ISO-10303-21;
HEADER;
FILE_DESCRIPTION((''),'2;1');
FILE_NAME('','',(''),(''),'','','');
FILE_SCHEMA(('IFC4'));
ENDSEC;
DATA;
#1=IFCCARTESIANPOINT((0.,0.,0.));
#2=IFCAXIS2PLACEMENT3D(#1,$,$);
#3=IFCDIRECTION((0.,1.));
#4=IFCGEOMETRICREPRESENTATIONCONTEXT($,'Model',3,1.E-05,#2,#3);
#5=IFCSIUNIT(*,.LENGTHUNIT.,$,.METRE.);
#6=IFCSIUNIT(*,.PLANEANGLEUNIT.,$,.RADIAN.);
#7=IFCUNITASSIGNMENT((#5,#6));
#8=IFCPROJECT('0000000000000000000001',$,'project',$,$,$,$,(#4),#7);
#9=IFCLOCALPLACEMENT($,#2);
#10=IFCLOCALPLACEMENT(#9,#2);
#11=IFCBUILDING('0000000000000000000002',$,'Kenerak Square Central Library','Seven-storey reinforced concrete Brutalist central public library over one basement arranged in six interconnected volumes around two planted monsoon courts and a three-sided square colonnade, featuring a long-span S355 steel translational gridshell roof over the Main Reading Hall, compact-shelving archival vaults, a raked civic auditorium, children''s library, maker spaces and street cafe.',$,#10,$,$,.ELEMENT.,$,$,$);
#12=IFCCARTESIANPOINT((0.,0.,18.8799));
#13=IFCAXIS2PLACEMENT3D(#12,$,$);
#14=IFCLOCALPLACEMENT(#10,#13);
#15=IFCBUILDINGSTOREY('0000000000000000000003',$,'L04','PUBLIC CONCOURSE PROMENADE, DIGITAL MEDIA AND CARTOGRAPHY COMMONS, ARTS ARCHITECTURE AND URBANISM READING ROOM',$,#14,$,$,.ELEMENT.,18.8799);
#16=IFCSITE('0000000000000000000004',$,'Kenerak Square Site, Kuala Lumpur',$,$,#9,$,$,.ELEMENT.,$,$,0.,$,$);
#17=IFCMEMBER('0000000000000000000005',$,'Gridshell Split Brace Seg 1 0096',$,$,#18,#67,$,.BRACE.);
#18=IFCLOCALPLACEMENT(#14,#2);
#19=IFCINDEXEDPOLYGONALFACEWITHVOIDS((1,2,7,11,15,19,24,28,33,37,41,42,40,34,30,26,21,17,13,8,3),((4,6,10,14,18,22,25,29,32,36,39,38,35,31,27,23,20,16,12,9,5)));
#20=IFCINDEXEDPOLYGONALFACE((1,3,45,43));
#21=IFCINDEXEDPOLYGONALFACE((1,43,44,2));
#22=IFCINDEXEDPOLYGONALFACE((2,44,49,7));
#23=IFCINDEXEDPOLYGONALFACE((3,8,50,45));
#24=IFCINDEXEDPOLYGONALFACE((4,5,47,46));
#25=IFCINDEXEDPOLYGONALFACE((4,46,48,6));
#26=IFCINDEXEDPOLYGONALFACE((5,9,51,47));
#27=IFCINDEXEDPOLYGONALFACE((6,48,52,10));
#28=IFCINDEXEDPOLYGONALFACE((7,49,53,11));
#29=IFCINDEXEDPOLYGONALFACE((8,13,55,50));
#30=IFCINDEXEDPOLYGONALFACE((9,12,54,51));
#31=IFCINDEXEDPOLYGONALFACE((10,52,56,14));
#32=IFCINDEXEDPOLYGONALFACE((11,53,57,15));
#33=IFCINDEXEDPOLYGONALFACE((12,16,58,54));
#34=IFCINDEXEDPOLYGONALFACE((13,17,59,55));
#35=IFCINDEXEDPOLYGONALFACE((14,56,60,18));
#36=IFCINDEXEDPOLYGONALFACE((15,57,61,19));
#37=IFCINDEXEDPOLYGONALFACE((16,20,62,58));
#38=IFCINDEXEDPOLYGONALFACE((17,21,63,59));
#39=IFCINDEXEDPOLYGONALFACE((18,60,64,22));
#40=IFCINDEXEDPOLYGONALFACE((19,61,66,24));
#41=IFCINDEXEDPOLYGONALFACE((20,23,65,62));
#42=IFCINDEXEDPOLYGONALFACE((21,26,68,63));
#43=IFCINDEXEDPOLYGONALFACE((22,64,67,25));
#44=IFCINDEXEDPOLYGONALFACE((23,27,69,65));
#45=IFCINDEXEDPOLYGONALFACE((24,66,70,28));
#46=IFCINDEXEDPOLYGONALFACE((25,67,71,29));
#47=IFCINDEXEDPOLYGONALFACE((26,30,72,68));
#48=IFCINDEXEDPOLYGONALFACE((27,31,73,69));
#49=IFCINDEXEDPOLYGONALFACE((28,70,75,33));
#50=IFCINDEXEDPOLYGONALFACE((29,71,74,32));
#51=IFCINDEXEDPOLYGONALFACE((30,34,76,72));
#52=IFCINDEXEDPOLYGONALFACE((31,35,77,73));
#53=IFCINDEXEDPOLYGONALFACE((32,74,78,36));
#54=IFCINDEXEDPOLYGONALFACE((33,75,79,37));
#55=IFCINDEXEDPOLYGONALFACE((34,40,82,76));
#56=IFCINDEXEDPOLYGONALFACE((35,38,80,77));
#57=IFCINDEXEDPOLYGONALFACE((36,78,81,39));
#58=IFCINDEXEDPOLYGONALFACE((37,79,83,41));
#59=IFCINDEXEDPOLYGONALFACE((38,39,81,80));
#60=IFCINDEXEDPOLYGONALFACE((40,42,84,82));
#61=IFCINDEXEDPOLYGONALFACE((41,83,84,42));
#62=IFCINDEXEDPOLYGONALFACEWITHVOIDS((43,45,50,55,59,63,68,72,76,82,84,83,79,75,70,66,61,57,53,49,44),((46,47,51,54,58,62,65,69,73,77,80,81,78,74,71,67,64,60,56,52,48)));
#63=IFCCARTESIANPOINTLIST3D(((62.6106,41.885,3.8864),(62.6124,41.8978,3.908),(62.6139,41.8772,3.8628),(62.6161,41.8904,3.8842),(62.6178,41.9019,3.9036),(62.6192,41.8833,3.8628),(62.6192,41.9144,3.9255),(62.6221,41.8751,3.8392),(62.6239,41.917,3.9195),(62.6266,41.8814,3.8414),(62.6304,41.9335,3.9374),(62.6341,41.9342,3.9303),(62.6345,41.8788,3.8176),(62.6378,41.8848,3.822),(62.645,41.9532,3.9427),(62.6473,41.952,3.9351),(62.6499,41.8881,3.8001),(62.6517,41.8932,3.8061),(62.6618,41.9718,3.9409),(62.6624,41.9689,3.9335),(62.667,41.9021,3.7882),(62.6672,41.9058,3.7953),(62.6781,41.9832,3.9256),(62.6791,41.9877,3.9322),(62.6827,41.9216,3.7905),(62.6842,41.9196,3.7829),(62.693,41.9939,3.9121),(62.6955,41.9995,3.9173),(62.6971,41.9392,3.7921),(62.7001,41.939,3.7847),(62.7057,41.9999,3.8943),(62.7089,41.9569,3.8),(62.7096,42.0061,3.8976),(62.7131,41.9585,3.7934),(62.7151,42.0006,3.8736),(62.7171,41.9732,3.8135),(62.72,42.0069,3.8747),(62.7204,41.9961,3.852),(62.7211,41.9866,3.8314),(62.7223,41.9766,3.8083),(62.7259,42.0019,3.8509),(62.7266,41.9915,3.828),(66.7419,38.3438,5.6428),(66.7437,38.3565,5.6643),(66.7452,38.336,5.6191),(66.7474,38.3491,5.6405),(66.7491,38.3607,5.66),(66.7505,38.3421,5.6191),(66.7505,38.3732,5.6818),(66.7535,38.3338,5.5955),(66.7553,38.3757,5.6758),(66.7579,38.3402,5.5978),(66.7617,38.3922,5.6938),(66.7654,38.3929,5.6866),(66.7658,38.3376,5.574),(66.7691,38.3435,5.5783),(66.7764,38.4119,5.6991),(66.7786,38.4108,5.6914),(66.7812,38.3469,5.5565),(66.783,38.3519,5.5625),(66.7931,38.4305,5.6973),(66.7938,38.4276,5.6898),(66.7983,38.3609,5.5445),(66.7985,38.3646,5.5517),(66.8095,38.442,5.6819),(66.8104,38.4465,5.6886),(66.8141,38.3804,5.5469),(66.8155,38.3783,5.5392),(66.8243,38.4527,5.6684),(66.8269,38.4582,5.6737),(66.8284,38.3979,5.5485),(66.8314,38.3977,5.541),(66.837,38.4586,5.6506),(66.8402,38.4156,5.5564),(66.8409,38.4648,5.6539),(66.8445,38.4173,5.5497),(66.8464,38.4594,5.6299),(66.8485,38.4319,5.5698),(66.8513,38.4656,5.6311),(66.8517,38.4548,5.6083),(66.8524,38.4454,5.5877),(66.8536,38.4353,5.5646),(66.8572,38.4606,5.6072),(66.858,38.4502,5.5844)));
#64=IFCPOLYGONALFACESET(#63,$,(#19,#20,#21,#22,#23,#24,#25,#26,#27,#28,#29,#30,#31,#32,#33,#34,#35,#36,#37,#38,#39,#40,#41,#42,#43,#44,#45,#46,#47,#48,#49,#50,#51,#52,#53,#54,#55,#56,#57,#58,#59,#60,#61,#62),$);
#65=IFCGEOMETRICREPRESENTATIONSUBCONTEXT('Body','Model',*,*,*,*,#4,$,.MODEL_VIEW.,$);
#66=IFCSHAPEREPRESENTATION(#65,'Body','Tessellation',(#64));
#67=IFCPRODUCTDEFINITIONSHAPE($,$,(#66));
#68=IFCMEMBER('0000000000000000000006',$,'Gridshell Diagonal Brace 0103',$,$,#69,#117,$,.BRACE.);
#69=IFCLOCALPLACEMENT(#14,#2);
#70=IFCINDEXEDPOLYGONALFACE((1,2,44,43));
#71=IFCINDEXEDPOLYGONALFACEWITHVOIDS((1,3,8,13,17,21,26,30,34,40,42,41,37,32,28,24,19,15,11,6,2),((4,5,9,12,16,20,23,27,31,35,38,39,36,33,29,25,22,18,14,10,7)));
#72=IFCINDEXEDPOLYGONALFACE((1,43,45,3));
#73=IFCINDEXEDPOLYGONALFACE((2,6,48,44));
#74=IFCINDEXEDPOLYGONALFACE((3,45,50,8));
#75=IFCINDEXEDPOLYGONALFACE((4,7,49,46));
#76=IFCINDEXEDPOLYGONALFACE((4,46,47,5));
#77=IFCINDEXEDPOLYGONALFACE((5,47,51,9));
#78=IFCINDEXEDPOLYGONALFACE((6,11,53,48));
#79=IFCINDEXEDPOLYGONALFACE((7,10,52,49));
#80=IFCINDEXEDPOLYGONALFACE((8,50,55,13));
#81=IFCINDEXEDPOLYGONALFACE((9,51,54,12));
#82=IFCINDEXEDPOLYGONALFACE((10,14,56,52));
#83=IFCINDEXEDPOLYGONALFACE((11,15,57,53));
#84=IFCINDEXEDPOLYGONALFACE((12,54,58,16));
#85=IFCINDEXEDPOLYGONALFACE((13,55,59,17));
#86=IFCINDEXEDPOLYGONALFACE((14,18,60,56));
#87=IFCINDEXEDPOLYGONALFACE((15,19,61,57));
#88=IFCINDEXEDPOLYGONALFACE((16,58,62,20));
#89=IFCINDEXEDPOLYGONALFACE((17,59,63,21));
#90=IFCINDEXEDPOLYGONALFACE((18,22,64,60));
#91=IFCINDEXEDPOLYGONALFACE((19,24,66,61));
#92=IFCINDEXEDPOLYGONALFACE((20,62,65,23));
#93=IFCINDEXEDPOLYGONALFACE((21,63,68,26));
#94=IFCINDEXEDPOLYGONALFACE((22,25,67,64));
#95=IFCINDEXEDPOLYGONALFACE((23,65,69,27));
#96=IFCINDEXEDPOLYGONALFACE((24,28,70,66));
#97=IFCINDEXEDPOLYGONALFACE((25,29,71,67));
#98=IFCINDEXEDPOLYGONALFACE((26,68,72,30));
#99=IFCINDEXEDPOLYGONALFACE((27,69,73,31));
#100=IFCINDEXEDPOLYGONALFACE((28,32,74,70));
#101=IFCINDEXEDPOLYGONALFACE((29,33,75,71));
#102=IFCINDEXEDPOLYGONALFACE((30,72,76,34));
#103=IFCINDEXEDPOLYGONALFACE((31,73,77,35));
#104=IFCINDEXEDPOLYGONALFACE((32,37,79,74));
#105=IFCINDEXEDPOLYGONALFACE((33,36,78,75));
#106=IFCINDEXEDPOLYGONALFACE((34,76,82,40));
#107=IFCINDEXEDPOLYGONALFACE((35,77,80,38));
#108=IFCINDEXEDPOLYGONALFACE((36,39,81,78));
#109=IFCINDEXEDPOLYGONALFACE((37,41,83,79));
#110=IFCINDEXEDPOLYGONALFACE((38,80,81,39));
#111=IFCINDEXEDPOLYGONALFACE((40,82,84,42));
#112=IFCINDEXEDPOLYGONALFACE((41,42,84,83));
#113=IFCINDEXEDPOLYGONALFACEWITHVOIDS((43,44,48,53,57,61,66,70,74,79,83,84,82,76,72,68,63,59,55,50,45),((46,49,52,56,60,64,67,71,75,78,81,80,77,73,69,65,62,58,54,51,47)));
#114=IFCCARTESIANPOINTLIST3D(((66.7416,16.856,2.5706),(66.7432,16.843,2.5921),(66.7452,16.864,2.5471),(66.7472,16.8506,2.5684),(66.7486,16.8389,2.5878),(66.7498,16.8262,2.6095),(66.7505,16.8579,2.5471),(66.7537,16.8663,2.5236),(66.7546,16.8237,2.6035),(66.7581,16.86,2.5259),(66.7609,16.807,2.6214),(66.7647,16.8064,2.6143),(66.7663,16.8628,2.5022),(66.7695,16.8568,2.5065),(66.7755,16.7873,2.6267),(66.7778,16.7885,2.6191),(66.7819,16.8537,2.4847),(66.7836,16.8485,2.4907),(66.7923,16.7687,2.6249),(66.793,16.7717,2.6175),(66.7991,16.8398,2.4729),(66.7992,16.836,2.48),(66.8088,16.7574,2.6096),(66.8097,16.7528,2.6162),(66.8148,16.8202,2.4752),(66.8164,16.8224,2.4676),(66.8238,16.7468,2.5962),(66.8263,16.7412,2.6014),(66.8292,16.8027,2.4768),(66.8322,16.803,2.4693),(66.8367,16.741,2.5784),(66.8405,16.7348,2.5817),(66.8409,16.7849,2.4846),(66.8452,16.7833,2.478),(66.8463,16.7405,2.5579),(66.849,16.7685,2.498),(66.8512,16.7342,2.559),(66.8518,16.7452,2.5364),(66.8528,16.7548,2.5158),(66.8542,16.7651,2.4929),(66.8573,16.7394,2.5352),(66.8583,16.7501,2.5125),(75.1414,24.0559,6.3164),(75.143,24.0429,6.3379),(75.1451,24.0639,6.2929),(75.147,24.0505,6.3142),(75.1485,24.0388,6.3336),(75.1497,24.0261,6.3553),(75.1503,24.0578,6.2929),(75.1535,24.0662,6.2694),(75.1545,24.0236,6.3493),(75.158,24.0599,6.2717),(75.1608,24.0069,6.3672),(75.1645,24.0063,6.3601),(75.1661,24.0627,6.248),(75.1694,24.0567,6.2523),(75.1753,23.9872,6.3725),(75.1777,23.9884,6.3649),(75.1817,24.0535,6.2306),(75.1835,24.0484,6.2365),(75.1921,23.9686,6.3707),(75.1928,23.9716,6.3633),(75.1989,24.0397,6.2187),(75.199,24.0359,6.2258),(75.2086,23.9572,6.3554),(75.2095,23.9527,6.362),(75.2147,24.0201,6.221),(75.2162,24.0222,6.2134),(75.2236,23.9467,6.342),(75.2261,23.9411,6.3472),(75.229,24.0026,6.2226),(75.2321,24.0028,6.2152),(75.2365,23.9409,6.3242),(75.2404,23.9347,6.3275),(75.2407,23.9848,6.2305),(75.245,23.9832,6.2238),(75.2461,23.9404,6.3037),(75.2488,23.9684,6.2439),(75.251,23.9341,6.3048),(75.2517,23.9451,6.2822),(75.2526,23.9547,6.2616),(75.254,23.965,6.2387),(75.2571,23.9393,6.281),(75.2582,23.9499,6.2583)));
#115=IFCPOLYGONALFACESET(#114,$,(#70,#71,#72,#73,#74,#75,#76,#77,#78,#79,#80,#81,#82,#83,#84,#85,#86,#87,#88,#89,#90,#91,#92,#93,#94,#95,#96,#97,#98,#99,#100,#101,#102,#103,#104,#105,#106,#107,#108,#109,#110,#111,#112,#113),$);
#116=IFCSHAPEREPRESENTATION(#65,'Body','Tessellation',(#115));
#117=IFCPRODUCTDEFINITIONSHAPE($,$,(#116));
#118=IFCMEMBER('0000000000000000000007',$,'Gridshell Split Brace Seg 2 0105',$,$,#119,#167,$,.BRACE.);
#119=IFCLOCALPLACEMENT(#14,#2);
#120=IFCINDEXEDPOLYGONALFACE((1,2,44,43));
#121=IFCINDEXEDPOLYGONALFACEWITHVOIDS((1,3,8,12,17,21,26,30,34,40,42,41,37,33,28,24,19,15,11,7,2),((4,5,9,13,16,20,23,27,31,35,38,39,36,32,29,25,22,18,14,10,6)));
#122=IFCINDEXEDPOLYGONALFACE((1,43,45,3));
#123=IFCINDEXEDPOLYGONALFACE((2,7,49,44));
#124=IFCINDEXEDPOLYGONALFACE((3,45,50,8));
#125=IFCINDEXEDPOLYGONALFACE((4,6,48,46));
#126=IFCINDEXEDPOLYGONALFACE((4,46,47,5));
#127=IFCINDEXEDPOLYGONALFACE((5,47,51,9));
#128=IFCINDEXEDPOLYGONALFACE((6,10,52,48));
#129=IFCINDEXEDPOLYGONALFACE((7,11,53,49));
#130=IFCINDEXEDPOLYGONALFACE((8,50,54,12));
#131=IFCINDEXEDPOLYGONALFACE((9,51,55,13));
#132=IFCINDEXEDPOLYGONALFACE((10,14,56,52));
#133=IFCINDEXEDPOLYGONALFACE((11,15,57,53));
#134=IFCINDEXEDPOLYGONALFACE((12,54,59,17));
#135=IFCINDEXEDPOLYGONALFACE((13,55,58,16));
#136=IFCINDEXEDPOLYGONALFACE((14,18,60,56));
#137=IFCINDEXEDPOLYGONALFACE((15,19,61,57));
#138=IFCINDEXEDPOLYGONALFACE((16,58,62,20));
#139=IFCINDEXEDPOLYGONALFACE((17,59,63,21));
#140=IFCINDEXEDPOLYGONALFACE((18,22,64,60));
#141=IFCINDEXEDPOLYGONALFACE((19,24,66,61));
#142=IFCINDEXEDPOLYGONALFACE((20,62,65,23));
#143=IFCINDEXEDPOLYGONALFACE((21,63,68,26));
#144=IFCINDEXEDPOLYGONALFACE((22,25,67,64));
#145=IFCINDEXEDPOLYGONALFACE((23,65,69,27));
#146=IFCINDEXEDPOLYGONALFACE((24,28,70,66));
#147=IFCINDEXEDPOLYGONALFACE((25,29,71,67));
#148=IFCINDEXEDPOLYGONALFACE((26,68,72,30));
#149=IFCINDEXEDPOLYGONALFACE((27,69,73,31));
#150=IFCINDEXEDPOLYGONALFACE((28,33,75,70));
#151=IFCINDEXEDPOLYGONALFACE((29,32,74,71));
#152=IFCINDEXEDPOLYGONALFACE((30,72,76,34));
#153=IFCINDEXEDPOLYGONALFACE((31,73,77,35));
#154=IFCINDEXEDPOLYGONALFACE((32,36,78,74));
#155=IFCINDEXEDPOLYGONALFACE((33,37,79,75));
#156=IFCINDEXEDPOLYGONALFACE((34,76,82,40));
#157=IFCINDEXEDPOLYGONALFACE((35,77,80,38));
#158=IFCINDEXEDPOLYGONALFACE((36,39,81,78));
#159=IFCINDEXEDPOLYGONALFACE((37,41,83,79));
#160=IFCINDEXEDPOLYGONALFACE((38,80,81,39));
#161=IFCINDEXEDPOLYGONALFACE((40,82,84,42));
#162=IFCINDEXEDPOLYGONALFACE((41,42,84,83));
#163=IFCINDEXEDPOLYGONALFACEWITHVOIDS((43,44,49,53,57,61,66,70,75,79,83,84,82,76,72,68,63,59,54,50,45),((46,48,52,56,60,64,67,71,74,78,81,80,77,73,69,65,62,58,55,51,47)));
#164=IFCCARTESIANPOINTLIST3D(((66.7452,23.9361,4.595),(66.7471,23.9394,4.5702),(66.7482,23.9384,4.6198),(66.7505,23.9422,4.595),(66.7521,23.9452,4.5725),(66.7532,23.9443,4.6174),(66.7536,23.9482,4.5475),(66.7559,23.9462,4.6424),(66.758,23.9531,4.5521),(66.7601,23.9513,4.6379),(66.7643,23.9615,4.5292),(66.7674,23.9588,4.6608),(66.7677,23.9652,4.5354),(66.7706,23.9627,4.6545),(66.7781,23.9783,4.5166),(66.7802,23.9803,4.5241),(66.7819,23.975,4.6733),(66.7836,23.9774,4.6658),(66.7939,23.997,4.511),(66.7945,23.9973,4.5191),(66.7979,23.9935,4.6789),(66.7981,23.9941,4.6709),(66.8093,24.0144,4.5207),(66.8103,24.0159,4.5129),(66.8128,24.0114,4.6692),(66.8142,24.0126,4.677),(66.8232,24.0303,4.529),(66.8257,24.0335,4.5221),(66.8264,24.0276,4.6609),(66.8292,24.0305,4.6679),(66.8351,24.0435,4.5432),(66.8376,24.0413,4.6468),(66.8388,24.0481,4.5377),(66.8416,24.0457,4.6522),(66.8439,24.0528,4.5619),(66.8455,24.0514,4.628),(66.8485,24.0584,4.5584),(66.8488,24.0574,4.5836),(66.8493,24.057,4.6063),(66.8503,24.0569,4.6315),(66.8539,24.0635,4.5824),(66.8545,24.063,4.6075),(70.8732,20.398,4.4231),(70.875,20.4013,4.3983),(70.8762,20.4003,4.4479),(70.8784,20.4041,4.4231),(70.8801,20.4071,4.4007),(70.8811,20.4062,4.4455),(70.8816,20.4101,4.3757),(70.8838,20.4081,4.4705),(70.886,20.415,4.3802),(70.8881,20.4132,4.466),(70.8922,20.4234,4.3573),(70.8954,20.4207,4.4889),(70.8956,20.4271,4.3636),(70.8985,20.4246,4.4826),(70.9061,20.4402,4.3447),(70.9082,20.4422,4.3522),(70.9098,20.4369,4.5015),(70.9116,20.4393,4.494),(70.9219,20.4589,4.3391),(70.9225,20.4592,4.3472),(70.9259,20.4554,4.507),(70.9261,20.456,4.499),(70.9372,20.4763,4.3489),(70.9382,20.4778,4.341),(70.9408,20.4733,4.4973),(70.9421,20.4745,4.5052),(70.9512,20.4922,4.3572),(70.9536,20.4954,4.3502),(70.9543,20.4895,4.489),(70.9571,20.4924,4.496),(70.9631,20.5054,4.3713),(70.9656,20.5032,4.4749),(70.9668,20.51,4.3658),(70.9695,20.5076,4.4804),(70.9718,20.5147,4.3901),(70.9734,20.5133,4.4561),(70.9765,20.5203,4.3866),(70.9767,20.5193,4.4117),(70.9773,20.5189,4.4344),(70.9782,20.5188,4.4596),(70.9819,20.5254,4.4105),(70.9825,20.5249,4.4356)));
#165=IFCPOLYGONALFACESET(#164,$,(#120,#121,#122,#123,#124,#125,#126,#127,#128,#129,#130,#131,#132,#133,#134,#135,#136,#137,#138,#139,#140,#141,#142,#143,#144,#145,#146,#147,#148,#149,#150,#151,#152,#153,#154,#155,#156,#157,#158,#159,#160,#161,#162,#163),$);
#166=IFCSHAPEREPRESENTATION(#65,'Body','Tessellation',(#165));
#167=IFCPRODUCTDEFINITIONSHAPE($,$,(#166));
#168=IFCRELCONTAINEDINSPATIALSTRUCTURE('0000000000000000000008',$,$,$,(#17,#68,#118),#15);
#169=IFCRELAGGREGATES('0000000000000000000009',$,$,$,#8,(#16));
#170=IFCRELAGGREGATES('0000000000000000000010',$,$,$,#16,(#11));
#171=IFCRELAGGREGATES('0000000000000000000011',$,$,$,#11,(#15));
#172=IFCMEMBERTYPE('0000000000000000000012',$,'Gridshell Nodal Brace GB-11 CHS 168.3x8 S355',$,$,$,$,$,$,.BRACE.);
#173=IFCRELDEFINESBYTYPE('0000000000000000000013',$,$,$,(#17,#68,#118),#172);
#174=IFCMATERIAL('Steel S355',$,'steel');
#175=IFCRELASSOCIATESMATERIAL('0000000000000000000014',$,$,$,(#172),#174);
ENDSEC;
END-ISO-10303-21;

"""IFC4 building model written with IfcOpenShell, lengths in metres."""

from ifc_helpers import new_model, si_unit, direction, frame, origin, origin_2d, place, context, subcontext, project, spatial, hollow_circle, extrude, material, material_profile, profile_set, type_object, element, save


model = new_model("IFC4")

# Units and contexts
model_context = context("Model", 3, precision=1e-05, world=origin(), true_north=direction((0.0, 1.0)))
body_context = subcontext(model_context, "Body", "Model", "MODEL_VIEW")
ifc_project = project(units=[si_unit("LENGTHUNIT", "METRE"), si_unit("PLANEANGLEUNIT", "RADIAN")], contexts=[model_context])

# Site, building, storey
site_placement = place(None, origin())
site = spatial("IfcSite", under=ifc_project, at=site_placement, Name="Kenerak Square Site, Kuala Lumpur", CompositionType="ELEMENT", RefElevation=0.0)
building_placement = place(site_placement, origin())
building = spatial("IfcBuilding", under=site, at=building_placement, Name="Kenerak Square Central Library", Description="Seven-storey reinforced concrete Brutalist central public library over one basement arranged in six interconnected volumes around two planted monsoon courts and a three-sided square colonnade, featuring a long-span S355 steel translational gridshell roof over the Main Reading Hall, compact-shelving archival vaults, a raked civic auditorium, children's library, maker spaces and street cafe.", CompositionType="ELEMENT")
storey_placement = place(building_placement, frame((0.0, 0.0, 18.8799)))
storey = spatial("IfcBuildingStorey", under=building, at=storey_placement, Name="L04", Description="PUBLIC CONCOURSE PROMENADE, DIGITAL MEDIA AND CARTOGRAPHY COMMONS, ARTS ARCHITECTURE AND URBANISM READING ROOM", CompositionType="ELEMENT", Elevation=18.8799)

# Members
ifc_material = material(Name="Steel S355", Category="steel")
ifc_material_profile_1 = material_profile(ifc_material, hollow_circle(Radius=0.0842, WallThickness=0.0081, at=origin_2d()), Name="CHS 168.3x8.0")
ifc_profile_set_1 = profile_set([ifc_material_profile_1], Name="Steel S355")
member_type_1 = type_object("IfcMemberType", Name="Gridshell Nodal Brace GB-11 CHS 168.3x8 S355", PredefinedType="BRACE", material=ifc_profile_set_1)
member_1_placement = place(storey_placement, frame((66.8, 38.3999, 5.6191), z_axis=(-0.722541, 0.619339, -0.307172), x_axis=(-0.650802, -0.759247, 0.0)))
element("IfcMember", 1, at=member_1_placement, inside=storey, type_object=member_type_1, Name="Gridshell Split Brace Seg 1 0096", PredefinedType="BRACE", context=body_context, shape_type="SweptSolid", body=[
    extrude(hollow_circle(Radius=0.0842, WallThickness=0.0081, at=origin_2d()), origin(), (0.0, 0.0, 1.0), 5.7178),
])
member_2_placement = place(storey_placement, frame((66.8, 16.8, 2.5471), z_axis=(0.719152, 0.616419, 0.320698), x_axis=(-0.650793, 0.759255, 0.0)))
element("IfcMember", 2, at=member_2_placement, inside=storey, type_object=member_type_1, Name="Gridshell Diagonal Brace 0103", PredefinedType="BRACE", context=body_context, shape_type="SweptSolid", body=[
    extrude(hollow_circle(Radius=0.0842, WallThickness=0.0081, at=origin_2d()), origin(), (0.0, 0.0, 1.0), 11.6802),
])
member_3_placement = place(storey_placement, frame((70.928, 20.4619, 4.4231), z_axis=(-0.75889, 0.650452, 0.031598), x_axis=(-0.650777, -0.759269, 0.0)))
element("IfcMember", 3, at=member_3_placement, inside=storey, type_object=member_type_1, Name="Gridshell Split Brace Seg 2 0105", PredefinedType="BRACE", context=body_context, shape_type="SweptSolid", body=[
    extrude(hollow_circle(Radius=0.0842, WallThickness=0.0081, at=origin_2d()), origin(), (0.0, 0.0, 1.0), 5.4395),
])

save(model, "model.ifc")
